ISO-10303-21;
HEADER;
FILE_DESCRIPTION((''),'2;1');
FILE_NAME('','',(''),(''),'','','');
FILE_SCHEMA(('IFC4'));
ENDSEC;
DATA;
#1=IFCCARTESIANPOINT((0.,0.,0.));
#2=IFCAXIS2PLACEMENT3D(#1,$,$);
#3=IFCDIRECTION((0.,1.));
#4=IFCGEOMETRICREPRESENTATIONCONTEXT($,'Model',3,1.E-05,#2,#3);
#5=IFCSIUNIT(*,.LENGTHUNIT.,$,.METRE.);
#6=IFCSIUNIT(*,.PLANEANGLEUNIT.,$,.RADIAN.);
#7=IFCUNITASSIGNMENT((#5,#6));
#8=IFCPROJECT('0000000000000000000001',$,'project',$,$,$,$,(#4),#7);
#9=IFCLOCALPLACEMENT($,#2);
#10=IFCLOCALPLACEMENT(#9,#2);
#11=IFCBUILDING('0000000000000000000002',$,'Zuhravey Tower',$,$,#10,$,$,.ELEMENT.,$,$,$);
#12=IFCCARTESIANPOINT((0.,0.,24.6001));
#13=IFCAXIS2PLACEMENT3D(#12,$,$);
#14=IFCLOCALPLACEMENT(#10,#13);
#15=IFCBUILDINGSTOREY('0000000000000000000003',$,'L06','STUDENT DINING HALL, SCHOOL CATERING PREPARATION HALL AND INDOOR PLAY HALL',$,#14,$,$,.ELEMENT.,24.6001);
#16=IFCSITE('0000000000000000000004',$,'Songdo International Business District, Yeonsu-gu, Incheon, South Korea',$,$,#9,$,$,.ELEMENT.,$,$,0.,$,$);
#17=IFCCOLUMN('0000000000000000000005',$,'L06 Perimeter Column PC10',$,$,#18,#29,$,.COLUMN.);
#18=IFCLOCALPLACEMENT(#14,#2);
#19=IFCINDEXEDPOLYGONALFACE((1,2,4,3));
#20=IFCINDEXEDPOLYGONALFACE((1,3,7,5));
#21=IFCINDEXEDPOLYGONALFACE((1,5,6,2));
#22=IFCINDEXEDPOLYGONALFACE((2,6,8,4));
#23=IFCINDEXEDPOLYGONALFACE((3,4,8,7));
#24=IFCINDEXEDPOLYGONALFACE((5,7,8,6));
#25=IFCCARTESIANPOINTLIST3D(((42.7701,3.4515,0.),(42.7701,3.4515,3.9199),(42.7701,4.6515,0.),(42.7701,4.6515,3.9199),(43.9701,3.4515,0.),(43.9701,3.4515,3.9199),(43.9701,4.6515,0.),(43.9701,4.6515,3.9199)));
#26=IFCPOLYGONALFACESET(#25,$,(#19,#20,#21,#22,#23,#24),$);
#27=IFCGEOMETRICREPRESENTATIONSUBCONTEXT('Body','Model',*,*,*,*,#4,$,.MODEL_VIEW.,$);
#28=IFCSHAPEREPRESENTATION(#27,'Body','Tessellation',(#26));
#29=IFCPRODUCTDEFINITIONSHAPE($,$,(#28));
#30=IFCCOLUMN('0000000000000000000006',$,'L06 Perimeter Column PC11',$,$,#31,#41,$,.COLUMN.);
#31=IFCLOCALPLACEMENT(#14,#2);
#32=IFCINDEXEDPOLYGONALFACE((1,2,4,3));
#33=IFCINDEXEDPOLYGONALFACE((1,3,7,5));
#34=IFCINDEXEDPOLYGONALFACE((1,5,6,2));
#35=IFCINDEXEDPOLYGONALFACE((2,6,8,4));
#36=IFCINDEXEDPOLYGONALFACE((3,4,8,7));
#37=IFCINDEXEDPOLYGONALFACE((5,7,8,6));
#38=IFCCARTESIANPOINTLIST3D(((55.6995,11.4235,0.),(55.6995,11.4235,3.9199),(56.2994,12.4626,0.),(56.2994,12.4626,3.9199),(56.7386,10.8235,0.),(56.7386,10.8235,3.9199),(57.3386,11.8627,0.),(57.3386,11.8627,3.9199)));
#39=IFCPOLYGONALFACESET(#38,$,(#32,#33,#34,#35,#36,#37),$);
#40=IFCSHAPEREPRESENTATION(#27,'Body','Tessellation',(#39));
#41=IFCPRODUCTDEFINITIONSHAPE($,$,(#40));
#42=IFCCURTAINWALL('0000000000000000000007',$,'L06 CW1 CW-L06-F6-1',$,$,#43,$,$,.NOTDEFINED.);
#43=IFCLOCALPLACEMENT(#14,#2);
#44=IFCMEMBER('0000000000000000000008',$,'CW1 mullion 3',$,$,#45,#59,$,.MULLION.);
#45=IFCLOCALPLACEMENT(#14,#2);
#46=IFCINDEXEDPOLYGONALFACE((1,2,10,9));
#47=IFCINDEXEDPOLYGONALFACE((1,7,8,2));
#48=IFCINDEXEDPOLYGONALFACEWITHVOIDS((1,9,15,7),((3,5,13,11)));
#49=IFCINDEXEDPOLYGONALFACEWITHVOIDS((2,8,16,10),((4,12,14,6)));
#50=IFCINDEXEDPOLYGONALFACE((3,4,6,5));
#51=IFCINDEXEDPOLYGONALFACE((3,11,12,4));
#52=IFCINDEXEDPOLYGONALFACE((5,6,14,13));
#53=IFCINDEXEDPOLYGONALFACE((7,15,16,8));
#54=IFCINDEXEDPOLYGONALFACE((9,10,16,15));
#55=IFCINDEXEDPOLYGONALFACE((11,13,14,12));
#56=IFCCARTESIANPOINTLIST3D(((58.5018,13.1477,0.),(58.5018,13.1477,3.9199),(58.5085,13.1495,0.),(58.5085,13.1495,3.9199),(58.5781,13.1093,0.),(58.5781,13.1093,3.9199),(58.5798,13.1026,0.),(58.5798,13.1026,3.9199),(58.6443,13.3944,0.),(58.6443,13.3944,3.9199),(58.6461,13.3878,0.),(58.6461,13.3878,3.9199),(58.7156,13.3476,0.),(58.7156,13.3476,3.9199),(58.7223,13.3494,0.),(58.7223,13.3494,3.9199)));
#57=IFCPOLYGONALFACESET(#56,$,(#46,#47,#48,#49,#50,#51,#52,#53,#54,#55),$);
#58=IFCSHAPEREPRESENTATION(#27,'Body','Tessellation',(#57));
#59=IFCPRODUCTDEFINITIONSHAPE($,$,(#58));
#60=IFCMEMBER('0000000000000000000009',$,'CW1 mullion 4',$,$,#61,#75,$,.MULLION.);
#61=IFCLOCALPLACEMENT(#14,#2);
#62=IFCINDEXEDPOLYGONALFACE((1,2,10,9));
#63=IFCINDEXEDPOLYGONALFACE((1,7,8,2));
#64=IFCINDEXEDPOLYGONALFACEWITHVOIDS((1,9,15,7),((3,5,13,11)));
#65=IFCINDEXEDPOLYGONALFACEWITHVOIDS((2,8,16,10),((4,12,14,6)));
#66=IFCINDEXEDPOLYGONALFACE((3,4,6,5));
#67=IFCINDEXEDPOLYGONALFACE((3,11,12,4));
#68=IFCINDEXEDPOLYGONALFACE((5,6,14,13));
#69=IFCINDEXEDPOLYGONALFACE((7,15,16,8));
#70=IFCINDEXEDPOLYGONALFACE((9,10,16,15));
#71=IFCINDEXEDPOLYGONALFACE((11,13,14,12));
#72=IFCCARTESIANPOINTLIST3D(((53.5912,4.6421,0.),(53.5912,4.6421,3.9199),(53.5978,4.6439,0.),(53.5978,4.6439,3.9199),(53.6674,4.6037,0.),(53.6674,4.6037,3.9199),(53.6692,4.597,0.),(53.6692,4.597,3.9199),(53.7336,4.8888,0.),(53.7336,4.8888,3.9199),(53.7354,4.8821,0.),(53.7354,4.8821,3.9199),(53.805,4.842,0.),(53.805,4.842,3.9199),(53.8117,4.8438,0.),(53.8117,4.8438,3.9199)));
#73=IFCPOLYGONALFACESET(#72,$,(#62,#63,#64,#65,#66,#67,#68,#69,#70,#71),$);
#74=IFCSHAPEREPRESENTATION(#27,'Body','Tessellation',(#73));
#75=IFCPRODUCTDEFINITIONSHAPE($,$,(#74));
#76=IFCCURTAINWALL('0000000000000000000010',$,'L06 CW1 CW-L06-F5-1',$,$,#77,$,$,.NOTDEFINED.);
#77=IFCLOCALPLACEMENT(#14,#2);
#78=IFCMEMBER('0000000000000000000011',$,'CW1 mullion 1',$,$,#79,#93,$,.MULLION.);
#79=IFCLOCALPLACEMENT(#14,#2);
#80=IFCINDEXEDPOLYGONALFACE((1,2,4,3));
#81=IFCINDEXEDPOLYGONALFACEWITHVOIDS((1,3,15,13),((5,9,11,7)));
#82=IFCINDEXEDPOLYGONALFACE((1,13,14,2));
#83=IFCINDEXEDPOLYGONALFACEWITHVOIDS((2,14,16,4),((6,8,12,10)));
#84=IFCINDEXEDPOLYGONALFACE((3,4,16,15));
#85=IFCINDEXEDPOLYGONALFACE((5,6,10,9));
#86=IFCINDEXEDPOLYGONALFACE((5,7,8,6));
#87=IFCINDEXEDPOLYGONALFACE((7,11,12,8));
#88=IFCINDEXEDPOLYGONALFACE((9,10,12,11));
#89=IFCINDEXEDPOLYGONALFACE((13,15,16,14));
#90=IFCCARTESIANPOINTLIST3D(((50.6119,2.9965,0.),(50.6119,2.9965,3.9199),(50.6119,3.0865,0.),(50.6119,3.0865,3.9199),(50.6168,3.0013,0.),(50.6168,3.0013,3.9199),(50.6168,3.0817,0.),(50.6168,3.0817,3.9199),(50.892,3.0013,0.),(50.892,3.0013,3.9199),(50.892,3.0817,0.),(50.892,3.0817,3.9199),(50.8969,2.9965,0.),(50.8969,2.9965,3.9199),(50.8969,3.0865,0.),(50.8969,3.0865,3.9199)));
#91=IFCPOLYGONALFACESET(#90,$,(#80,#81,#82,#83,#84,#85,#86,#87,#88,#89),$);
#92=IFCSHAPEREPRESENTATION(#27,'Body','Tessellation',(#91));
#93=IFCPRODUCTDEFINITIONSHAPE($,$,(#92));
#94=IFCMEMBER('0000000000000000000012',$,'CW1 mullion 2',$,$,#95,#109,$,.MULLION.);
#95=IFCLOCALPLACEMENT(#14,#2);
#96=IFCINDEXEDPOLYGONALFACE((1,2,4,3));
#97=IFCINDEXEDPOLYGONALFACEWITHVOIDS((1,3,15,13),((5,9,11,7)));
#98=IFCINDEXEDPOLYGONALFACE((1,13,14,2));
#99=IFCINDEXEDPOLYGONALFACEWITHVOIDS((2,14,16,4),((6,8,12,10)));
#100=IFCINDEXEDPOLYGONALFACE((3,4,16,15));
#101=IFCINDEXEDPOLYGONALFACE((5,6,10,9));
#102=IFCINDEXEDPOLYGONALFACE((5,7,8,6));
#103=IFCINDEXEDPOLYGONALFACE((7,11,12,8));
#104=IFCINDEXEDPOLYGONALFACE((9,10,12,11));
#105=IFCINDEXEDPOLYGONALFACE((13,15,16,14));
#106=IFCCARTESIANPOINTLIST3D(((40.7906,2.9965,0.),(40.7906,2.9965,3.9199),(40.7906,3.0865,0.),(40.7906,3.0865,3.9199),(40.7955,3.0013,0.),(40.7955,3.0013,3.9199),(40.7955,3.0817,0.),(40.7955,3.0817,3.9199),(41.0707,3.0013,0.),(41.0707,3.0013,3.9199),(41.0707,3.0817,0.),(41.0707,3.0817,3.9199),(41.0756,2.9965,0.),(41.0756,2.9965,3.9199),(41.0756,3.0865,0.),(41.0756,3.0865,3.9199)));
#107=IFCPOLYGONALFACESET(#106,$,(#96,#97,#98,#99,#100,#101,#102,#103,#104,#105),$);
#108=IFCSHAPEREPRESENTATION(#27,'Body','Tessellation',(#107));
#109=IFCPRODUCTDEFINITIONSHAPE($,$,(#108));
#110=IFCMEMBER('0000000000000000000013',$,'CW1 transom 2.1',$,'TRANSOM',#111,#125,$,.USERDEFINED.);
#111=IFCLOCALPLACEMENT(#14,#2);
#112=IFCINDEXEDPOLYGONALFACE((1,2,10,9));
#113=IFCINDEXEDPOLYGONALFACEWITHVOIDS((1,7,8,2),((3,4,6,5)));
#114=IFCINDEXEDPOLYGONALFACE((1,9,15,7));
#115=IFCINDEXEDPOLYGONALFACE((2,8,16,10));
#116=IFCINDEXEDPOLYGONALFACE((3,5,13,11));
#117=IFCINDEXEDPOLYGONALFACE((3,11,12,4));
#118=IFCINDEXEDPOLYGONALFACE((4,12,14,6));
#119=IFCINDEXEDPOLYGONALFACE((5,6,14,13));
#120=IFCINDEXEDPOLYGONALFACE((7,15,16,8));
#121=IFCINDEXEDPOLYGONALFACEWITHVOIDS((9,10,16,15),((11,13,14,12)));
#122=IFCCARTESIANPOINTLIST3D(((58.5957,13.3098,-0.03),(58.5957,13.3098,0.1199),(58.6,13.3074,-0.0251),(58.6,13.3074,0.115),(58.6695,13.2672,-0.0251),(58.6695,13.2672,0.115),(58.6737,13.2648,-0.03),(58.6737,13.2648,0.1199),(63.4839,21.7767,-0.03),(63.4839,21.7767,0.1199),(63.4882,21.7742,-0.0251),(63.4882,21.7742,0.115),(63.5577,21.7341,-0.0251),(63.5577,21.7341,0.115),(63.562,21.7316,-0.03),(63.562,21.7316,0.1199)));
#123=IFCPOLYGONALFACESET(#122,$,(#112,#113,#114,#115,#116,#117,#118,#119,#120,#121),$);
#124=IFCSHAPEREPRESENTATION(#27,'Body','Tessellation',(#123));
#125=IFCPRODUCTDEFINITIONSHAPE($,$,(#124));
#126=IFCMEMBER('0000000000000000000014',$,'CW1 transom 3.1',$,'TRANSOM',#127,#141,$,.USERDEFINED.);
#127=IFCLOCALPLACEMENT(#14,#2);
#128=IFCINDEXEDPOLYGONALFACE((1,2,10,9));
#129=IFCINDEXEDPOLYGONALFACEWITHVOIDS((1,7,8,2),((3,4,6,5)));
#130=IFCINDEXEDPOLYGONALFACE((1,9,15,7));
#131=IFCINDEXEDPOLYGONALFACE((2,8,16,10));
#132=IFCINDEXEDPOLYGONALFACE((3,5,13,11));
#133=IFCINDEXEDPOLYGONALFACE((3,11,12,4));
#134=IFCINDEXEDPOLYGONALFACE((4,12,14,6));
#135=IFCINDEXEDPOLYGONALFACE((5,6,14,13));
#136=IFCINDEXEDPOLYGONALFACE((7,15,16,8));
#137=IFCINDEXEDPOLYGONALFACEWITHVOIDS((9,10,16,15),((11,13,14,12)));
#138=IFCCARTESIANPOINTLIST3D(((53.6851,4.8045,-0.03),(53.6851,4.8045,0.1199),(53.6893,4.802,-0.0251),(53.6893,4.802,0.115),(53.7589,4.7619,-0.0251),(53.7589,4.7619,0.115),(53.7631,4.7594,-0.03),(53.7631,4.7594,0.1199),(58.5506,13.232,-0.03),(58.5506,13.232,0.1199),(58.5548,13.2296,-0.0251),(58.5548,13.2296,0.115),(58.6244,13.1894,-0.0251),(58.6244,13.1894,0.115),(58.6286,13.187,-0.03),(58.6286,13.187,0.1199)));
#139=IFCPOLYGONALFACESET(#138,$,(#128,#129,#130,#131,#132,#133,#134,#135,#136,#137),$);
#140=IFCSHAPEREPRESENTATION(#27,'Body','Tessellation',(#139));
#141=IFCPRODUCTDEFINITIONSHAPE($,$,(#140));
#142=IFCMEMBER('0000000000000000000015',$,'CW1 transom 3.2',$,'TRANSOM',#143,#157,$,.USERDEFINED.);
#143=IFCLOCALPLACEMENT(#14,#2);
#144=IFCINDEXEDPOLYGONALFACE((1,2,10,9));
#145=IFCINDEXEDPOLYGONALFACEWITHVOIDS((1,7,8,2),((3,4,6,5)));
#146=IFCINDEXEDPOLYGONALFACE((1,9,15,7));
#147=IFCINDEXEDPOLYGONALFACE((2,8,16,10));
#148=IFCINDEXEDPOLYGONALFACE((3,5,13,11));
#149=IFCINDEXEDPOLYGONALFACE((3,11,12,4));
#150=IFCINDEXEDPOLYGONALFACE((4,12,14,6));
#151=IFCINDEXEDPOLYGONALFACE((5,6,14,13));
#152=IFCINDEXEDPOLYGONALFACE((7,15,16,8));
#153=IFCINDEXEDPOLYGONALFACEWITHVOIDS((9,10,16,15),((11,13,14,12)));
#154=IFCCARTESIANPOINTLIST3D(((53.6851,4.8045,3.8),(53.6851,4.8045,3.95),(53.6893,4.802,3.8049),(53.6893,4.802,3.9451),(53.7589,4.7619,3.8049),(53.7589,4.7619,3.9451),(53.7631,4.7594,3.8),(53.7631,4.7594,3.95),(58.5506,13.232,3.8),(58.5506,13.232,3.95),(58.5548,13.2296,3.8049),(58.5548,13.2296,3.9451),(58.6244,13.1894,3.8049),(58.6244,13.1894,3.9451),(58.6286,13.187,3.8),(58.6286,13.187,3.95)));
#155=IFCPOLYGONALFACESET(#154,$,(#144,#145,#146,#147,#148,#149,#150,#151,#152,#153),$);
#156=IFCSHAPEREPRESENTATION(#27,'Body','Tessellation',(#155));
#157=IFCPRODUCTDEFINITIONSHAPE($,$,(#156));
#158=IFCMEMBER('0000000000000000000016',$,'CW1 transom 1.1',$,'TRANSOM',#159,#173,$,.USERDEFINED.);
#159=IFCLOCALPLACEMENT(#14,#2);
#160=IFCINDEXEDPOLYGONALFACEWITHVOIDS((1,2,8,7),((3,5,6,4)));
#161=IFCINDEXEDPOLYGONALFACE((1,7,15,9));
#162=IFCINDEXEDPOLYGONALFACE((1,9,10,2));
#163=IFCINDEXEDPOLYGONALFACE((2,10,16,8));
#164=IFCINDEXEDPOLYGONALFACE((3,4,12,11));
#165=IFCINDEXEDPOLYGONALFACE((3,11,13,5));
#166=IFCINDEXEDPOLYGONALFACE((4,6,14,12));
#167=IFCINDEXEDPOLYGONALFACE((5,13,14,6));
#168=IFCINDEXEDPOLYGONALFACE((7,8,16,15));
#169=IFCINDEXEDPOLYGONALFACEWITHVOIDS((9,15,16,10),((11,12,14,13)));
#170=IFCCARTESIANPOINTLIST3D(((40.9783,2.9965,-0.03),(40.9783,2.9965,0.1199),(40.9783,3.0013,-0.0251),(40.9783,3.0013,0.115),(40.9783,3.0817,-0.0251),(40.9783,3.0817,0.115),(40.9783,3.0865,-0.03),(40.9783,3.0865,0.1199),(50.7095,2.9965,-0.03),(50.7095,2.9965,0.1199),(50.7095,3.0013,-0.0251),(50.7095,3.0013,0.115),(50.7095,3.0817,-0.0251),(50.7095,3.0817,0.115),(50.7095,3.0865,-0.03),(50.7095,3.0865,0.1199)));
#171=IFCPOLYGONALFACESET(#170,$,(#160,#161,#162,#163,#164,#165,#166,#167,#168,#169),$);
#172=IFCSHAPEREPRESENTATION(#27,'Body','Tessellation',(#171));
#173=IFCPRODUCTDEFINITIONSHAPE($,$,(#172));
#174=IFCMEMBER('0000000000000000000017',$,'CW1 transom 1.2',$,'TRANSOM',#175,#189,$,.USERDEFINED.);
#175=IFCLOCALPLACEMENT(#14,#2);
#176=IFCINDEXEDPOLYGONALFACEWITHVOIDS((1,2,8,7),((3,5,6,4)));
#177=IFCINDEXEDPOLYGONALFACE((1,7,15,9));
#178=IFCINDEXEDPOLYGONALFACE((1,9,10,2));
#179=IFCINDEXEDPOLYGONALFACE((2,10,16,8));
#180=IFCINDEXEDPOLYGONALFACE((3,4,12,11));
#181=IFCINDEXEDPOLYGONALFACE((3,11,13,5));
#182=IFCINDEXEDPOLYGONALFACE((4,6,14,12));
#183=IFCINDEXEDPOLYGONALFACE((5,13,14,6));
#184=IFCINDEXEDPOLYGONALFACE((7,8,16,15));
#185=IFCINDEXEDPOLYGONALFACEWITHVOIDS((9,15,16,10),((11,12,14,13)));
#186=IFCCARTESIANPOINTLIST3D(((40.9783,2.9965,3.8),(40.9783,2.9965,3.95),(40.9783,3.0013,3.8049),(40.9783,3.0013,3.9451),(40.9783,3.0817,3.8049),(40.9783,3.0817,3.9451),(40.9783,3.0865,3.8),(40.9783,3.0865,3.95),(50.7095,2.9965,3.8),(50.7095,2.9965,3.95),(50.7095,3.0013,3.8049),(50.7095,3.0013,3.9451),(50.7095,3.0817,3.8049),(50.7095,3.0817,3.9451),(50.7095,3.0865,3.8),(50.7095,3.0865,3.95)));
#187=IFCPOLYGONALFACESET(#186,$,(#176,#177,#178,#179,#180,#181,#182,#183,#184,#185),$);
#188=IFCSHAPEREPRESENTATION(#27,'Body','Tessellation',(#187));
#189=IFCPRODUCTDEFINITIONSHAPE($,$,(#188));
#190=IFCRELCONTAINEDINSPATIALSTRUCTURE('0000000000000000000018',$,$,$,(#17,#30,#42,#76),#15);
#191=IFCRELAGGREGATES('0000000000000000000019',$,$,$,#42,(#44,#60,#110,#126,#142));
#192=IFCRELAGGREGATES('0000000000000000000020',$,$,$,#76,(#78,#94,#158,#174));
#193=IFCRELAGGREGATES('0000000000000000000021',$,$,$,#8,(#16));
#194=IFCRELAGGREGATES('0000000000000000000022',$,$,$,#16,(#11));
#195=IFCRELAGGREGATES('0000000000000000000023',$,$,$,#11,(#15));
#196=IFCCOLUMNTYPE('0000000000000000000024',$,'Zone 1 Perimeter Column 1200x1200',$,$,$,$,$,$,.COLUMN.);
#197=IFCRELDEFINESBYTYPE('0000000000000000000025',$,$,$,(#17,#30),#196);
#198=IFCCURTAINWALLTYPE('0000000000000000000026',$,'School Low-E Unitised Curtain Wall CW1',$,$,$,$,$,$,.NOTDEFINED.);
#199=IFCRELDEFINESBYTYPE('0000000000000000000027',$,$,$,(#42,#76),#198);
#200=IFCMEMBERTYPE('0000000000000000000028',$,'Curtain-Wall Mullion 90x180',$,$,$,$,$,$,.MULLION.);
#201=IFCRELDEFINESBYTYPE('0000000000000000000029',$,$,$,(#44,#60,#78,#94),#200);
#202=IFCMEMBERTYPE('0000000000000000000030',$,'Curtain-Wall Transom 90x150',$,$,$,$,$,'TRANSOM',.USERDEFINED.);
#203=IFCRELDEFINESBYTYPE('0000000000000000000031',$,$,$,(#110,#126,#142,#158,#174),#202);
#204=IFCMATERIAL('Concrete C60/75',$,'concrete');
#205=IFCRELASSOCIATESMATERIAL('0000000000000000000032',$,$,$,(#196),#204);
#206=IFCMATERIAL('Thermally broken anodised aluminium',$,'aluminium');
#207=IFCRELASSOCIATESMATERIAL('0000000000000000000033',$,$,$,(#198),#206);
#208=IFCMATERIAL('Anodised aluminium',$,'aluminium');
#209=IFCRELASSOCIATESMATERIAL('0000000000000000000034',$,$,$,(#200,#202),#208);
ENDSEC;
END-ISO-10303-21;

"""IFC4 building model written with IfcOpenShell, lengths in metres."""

from ifc_helpers import new_model, si_unit, direction, frame, origin, origin_2d, place, context, subcontext, project, spatial, rectangle, hollow_rectangle, extrude, material, material_profile, profile_set, type_object, element, aggregate, save


model = new_model("IFC4")

# Units and contexts
model_context = context("Model", 3, precision=1e-05, world=origin(), true_north=direction((0.0, 1.0)))
body_context = subcontext(model_context, "Body", "Model", "MODEL_VIEW")
ifc_project = project(units=[si_unit("LENGTHUNIT", "METRE"), si_unit("PLANEANGLEUNIT", "RADIAN")], contexts=[model_context])

# Site, building, storey
site_placement = place(None, origin())
site = spatial("IfcSite", under=ifc_project, at=site_placement, Name="Songdo International Business District, Yeonsu-gu, Incheon, South Korea", CompositionType="ELEMENT", RefElevation=0.0)
building_placement = place(site_placement, origin())
building = spatial("IfcBuilding", under=site, at=building_placement, Name="Zuhravey Tower", CompositionType="ELEMENT")
storey_placement = place(building_placement, frame((0.0, 0.0, 24.6001)))
storey = spatial("IfcBuildingStorey", under=building, at=storey_placement, Name="L06", Description="STUDENT DINING HALL, SCHOOL CATERING PREPARATION HALL AND INDOOR PLAY HALL", CompositionType="ELEMENT", Elevation=24.6001)

# Columns
ifc_material_1 = material(Name="Concrete C60/75", Category="concrete")
ifc_material_profile_1 = material_profile(ifc_material_1, rectangle(XDim=1.2, YDim=1.2, at=origin_2d()), Name="RC-1200x1200")
ifc_profile_set_1 = profile_set([ifc_material_profile_1], Name="Concrete C60/75")
column_type = type_object("IfcColumnType", Name="Zone 1 Perimeter Column 1200x1200", PredefinedType="COLUMN", material=ifc_profile_set_1)
for number, where, z_axis, x_axis, name in (
    (1, (43.3701, 4.0515, 0.0), (0.0, 0.0, 1.0), (1.0, 0.0, 0.0), "L06 Perimeter Column PC10"),
    (2, (56.519, 11.6431, 0.0), (0.0, 0.0, 1.0), (0.5, 0.866025, 0.0), "L06 Perimeter Column PC11"),
):
    element("IfcColumn", number, at=place(storey_placement, frame(where, z_axis=z_axis, x_axis=x_axis)), inside=storey, type_object=column_type, Name=name, PredefinedType="COLUMN", context=body_context, shape_type="SweptSolid", body=[
        extrude(rectangle(XDim=1.2, YDim=1.2, at=origin_2d()), origin(), (0.0, 0.0, 1.0), 3.9199),
    ])

# Curtain walls, members
ifc_material_2 = material(Name="Thermally broken anodised aluminium", Category="aluminium")
curtain_wall_type = type_object("IfcCurtainWallType", Name="School Low-E Unitised Curtain Wall CW1", PredefinedType="NOTDEFINED", material=ifc_material_2)
curtain_wall_1_placement = place(storey_placement, origin())
curtain_wall_1 = element("IfcCurtainWall", 3, at=curtain_wall_1_placement, inside=storey, type_object=curtain_wall_type, Name="L06 CW1 CW-L06-F6-1", PredefinedType="NOTDEFINED")
ifc_material_3 = material(Name="Anodised aluminium", Category="aluminium")
ifc_material_profile_2 = material_profile(ifc_material_3, hollow_rectangle(XDim=0.0901, YDim=0.2849, WallThickness=0.0049, at=origin_2d()), Name="ALU-RHS-90x285x5")
ifc_profile_set_2 = profile_set([ifc_material_profile_2], Name="Anodised aluminium")
member_type_1 = type_object("IfcMemberType", Name="Curtain-Wall Mullion 90x180", PredefinedType="MULLION", material=ifc_profile_set_2)
member_1_placement = place(storey_placement, frame((58.6121, 13.2485, 0.0), z_axis=(0.0, 0.0, 1.0), x_axis=(0.866026, -0.5, 0.0)))
member_1 = element("IfcMember", 4, at=member_1_placement, type_object=member_type_1, Name="CW1 mullion 3", PredefinedType="MULLION", context=body_context, shape_type="SweptSolid", body=[
    extrude(hollow_rectangle(XDim=0.0901, YDim=0.2849, WallThickness=0.0049, at=origin_2d()), origin(), (0.0, 0.0, 1.0), 3.9199),
])
member_2_placement = place(storey_placement, frame((53.7014, 4.7429, 0.0), z_axis=(0.0, 0.0, 1.0), x_axis=(0.866026, -0.5, 0.0)))
member_2 = element("IfcMember", 5, at=member_2_placement, type_object=member_type_1, Name="CW1 mullion 4", PredefinedType="MULLION", context=body_context, shape_type="SweptSolid", body=[
    extrude(hollow_rectangle(XDim=0.0901, YDim=0.2849, WallThickness=0.0049, at=origin_2d()), origin(), (0.0, 0.0, 1.0), 3.9199),
])
curtain_wall_2_placement = place(storey_placement, origin())
curtain_wall_2 = element("IfcCurtainWall", 6, at=curtain_wall_2_placement, inside=storey, type_object=curtain_wall_type, Name="L06 CW1 CW-L06-F5-1", PredefinedType="NOTDEFINED")
member_3_placement = place(storey_placement, frame((50.7544, 3.0415, 0.0), z_axis=(0.0, 0.0, 1.0), x_axis=(0.0, -1.0, 0.0)))
member_3 = element("IfcMember", 7, at=member_3_placement, type_object=member_type_1, Name="CW1 mullion 1", PredefinedType="MULLION", context=body_context, shape_type="SweptSolid", body=[
    extrude(hollow_rectangle(XDim=0.0901, YDim=0.2849, WallThickness=0.0049, at=origin_2d()), origin(), (0.0, 0.0, 1.0), 3.9199),
])
member_4_placement = place(storey_placement, frame((40.9331, 3.0415, 0.0), z_axis=(0.0, 0.0, 1.0), x_axis=(0.0, -1.0, 0.0)))
member_4 = element("IfcMember", 8, at=member_4_placement, type_object=member_type_1, Name="CW1 mullion 2", PredefinedType="MULLION", context=body_context, shape_type="SweptSolid", body=[
    extrude(hollow_rectangle(XDim=0.0901, YDim=0.2849, WallThickness=0.0049, at=origin_2d()), origin(), (0.0, 0.0, 1.0), 3.9199),
])

# Members
ifc_material_profile_3 = material_profile(ifc_material_3, hollow_rectangle(XDim=0.0901, YDim=0.1499, WallThickness=0.0049, at=origin_2d()), Name="ALU-RHS-90x150x5")
ifc_profile_set_3 = profile_set([ifc_material_profile_3], Name="Anodised aluminium")
member_type_2 = type_object("IfcMemberType", Name="Curtain-Wall Transom 90x150", ElementType="TRANSOM", PredefinedType="USERDEFINED", material=ifc_profile_set_3)
member_5_placement = place(storey_placement, frame((63.5229, 21.7542, 0.0449), z_axis=(-0.49999, -0.866031, 0.0), x_axis=(0.866031, -0.49999, 0.0)))
member_5 = element("IfcMember", 9, at=member_5_placement, type_object=member_type_2, Name="CW1 transom 2.1", ObjectType="TRANSOM", PredefinedType="USERDEFINED", context=body_context, shape_type="SweptSolid", body=[
    extrude(hollow_rectangle(XDim=0.0901, YDim=0.1499, WallThickness=0.0049, at=origin_2d()), origin(), (0.0, 0.0, 1.0), 9.7766),
])
member_6_placement = place(storey_placement, frame((58.5896, 13.2095, 0.0449), z_axis=(-0.49999, -0.866031, 0.0), x_axis=(0.866031, -0.49999, 0.0)))
member_6 = element("IfcMember", 10, at=member_6_placement, type_object=member_type_2, Name="CW1 transom 3.1", ObjectType="TRANSOM", PredefinedType="USERDEFINED", context=body_context, shape_type="SweptSolid", body=[
    extrude(hollow_rectangle(XDim=0.0901, YDim=0.1499, WallThickness=0.0049, at=origin_2d()), origin(), (0.0, 0.0, 1.0), 9.7312),
])
member_7_placement = place(storey_placement, frame((58.5896, 13.2095, 3.875), z_axis=(-0.49999, -0.866031, 0.0), x_axis=(0.866031, -0.49999, 0.0)))
member_7 = element("IfcMember", 11, at=member_7_placement, type_object=member_type_2, Name="CW1 transom 3.2", ObjectType="TRANSOM", PredefinedType="USERDEFINED", context=body_context, shape_type="SweptSolid", body=[
    extrude(hollow_rectangle(XDim=0.0901, YDim=0.1499, WallThickness=0.0049, at=origin_2d()), origin(), (0.0, 0.0, 1.0), 9.7312),
])
member_8_placement = place(storey_placement, frame((50.7095, 3.0415, 0.0449), z_axis=(-1.0, 0.0, 0.0), x_axis=(0.0, -1.0, 0.0)))
member_8 = element("IfcMember", 12, at=member_8_placement, type_object=member_type_2, Name="CW1 transom 1.1", ObjectType="TRANSOM", PredefinedType="USERDEFINED", context=body_context, shape_type="SweptSolid", body=[
    extrude(hollow_rectangle(XDim=0.0901, YDim=0.1499, WallThickness=0.0049, at=origin_2d()), origin(), (0.0, 0.0, 1.0), 9.7312),
])
member_9_placement = place(storey_placement, frame((50.7095, 3.0415, 3.875), z_axis=(-1.0, 0.0, 0.0), x_axis=(0.0, -1.0, 0.0)))
member_9 = element("IfcMember", 13, at=member_9_placement, type_object=member_type_2, Name="CW1 transom 1.2", ObjectType="TRANSOM", PredefinedType="USERDEFINED", context=body_context, shape_type="SweptSolid", body=[
    extrude(hollow_rectangle(XDim=0.0901, YDim=0.1499, WallThickness=0.0049, at=origin_2d()), origin(), (0.0, 0.0, 1.0), 9.7312),
])

aggregate(curtain_wall_1, [member_1, member_2, member_5, member_6, member_7])
aggregate(curtain_wall_2, [member_3, member_4, member_8, member_9])

save(model, "model.ifc")
